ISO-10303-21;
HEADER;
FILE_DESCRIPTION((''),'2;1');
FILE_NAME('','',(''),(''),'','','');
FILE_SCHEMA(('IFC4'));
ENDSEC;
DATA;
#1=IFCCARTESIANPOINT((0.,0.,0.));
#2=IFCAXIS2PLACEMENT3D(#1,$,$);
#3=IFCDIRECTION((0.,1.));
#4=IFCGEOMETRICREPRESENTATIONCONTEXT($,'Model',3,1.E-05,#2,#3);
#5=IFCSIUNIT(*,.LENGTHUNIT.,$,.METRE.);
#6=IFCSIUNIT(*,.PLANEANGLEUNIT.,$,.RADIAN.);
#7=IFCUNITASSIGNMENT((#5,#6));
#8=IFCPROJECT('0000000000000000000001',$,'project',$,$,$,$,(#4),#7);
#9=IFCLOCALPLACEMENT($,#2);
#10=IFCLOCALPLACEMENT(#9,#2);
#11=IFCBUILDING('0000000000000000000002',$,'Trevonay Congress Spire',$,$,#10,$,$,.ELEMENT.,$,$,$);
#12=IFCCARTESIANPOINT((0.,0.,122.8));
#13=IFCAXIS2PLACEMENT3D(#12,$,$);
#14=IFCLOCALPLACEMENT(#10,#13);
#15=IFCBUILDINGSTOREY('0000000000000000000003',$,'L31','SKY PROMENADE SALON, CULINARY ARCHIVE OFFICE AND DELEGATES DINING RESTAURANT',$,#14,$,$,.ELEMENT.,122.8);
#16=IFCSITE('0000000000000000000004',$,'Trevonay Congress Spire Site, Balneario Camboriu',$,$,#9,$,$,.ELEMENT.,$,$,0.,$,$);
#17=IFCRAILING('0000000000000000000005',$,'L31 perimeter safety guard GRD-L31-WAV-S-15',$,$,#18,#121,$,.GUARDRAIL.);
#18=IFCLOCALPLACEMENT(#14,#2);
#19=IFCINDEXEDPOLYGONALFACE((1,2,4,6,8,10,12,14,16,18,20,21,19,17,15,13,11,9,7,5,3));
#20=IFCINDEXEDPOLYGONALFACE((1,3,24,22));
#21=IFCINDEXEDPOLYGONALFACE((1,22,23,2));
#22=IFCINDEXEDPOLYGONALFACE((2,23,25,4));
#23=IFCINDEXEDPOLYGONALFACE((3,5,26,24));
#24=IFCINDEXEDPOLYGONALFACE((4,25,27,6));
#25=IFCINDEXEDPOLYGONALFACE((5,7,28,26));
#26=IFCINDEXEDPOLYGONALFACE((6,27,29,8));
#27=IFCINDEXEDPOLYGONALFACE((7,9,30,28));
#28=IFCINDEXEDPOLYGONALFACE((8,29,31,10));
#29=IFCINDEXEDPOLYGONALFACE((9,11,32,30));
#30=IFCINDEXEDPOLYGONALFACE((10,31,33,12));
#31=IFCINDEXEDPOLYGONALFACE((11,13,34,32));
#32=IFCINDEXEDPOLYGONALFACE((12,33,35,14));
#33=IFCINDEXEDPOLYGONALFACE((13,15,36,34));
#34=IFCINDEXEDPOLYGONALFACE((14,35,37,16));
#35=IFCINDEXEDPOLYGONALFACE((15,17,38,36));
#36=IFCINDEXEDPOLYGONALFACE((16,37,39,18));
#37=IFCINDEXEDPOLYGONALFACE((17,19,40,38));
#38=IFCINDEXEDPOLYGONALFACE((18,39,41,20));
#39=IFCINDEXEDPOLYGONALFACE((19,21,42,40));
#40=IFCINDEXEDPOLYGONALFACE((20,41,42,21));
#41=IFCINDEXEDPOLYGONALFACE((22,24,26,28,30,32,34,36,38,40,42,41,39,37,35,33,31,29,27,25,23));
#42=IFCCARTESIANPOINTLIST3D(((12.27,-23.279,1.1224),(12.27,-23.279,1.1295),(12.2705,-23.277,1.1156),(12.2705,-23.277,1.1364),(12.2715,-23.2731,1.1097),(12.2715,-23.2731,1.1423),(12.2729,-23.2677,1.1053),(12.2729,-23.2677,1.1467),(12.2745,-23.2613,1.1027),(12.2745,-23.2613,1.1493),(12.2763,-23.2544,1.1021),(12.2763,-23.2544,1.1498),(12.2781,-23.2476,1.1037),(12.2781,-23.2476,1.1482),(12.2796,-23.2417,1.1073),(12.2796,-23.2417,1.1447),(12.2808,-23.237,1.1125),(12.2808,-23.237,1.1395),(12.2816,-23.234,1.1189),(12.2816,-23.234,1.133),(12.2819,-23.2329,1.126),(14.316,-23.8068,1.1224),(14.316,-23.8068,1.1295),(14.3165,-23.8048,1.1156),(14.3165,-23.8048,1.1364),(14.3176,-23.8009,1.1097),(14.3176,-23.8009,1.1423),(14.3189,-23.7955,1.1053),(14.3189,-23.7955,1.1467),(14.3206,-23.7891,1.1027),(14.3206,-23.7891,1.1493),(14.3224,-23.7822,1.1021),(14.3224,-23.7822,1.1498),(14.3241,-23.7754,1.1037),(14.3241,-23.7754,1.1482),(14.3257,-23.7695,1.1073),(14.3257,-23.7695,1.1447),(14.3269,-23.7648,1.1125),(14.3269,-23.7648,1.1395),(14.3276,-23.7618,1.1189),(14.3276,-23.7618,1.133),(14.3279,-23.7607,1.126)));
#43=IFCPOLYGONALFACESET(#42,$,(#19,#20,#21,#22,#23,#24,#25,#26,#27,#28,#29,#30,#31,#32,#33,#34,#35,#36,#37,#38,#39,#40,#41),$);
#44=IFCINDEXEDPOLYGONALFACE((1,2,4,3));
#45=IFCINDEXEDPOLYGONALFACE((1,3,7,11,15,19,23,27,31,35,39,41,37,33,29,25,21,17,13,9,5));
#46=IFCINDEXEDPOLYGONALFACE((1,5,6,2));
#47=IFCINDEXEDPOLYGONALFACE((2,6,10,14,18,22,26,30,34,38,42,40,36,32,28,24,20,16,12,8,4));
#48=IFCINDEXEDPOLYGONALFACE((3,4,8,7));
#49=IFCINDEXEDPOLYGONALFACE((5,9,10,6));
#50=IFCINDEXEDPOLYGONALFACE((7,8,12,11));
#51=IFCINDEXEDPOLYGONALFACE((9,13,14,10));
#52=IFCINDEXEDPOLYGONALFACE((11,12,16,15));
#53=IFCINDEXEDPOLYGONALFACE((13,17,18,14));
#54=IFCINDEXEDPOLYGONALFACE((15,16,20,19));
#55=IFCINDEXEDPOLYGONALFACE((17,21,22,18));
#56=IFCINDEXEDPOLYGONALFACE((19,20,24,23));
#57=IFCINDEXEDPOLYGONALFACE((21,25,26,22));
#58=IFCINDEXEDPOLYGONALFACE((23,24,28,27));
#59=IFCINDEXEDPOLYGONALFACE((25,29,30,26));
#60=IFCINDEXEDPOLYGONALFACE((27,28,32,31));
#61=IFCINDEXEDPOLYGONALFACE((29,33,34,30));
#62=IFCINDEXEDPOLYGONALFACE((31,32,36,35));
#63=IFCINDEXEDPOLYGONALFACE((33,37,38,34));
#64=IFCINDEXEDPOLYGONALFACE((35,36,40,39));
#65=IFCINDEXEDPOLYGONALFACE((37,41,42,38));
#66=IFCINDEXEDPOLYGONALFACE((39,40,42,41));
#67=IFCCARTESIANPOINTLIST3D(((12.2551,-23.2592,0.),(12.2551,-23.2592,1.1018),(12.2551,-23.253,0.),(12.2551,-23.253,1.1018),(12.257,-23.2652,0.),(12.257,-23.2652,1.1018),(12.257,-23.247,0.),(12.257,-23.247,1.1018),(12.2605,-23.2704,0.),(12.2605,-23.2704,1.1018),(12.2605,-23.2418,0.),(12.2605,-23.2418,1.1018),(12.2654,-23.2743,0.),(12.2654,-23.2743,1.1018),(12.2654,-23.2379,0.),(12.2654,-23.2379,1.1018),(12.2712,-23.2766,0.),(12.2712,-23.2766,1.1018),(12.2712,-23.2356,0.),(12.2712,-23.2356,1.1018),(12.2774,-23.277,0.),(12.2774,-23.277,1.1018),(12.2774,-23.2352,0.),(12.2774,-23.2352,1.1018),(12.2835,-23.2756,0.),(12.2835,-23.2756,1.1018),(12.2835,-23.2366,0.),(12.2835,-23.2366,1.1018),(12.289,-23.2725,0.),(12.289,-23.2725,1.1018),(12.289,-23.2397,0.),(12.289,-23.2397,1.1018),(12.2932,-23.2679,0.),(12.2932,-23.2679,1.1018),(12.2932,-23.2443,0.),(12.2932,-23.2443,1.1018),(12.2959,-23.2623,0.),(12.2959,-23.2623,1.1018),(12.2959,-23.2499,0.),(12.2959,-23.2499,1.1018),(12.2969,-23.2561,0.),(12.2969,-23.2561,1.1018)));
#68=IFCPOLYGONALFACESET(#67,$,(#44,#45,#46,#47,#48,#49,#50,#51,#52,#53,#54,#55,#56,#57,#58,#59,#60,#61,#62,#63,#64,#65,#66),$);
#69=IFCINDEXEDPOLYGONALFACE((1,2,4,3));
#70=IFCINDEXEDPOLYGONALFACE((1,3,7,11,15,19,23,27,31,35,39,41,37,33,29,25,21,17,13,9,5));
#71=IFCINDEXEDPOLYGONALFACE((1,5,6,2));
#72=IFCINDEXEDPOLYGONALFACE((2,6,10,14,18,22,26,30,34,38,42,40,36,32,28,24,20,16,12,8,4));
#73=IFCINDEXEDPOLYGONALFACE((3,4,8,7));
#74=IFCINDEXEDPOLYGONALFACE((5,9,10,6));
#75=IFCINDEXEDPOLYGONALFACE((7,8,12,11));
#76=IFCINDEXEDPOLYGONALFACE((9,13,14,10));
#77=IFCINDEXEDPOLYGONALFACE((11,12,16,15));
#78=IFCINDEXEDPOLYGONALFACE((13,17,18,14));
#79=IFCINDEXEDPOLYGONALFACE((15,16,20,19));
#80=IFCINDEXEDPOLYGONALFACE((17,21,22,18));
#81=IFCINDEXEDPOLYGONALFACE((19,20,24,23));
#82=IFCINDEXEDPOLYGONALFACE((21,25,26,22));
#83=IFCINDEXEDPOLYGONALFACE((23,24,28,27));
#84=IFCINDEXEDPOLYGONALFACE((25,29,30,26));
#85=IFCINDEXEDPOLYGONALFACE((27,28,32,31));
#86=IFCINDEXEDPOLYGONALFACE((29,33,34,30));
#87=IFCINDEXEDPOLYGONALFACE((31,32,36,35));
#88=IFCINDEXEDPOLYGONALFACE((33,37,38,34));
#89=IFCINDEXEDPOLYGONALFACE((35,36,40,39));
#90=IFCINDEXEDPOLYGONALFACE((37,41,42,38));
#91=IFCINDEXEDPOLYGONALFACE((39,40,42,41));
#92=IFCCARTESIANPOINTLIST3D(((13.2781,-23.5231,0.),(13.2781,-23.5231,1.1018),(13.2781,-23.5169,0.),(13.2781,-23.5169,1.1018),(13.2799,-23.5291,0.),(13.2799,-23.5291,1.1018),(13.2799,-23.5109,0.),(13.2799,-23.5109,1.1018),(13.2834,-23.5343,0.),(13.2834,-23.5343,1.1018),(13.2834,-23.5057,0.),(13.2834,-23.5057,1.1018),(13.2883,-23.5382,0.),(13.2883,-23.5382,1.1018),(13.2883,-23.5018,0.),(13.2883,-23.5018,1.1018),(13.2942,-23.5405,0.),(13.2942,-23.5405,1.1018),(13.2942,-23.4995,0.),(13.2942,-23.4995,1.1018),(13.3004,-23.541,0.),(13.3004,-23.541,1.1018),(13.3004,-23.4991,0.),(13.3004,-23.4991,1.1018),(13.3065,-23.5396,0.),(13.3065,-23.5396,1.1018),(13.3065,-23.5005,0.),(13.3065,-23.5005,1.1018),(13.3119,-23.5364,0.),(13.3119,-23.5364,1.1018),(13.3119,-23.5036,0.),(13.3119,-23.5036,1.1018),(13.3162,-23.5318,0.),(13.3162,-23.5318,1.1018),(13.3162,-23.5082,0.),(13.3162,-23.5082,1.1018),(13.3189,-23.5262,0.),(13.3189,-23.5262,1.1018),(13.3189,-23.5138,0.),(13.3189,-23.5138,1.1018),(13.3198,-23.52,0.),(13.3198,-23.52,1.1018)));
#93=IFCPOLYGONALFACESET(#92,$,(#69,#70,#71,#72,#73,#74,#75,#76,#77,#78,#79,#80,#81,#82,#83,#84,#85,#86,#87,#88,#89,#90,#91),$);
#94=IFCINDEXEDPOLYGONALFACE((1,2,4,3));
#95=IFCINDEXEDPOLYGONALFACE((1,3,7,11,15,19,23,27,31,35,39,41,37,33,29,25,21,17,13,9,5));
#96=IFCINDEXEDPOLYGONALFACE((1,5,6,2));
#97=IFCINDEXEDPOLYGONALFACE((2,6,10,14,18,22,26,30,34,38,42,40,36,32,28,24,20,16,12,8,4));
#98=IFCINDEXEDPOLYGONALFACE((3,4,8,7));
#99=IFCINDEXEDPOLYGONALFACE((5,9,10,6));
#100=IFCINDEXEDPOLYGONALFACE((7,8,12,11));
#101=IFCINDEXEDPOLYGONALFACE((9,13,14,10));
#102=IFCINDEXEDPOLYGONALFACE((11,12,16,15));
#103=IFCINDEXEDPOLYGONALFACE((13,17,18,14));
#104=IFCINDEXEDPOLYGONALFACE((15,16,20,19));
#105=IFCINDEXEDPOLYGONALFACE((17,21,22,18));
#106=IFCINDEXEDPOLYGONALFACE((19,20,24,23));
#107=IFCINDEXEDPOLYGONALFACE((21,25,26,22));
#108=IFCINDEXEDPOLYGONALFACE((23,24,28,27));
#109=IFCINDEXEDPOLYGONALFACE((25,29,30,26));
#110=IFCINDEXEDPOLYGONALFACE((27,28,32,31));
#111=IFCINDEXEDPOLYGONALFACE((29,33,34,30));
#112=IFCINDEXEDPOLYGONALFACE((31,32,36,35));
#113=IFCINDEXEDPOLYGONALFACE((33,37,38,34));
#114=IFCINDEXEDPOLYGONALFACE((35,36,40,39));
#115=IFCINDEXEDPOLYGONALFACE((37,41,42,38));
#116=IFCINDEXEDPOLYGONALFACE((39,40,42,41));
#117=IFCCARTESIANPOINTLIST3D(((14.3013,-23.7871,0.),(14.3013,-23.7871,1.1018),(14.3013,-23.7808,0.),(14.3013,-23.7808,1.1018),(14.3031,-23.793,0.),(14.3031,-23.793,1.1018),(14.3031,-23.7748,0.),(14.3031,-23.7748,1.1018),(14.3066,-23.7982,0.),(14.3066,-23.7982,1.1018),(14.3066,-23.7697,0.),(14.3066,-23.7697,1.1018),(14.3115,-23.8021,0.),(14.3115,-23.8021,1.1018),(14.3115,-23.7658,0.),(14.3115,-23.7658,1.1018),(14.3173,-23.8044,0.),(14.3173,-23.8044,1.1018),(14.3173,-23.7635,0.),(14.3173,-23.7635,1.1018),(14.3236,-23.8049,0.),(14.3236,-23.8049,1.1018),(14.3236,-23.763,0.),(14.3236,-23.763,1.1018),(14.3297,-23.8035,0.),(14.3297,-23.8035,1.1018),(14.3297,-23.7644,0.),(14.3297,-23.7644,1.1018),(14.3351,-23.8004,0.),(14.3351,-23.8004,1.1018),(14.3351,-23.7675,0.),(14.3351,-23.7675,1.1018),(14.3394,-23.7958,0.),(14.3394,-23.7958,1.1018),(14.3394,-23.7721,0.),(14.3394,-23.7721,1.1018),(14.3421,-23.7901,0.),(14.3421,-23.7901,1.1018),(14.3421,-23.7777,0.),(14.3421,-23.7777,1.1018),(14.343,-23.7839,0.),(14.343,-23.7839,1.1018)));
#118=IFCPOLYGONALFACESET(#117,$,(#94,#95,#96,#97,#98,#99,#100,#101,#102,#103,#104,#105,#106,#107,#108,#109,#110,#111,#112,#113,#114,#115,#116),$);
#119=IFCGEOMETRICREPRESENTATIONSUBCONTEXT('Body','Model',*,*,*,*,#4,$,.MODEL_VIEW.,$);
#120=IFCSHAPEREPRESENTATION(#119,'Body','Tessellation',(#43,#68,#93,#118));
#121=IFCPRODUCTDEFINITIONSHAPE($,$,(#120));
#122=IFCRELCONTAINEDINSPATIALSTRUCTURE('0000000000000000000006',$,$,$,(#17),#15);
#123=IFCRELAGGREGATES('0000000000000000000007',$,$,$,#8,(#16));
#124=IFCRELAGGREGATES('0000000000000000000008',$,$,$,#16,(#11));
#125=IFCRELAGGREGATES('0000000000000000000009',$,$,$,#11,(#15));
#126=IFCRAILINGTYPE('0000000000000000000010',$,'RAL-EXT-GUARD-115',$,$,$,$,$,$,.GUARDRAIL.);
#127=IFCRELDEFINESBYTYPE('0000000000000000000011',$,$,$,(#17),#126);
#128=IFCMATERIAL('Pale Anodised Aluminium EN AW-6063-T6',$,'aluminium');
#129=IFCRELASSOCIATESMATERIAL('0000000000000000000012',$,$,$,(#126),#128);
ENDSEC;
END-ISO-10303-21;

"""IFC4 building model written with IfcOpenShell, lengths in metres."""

from ifc_helpers import new_model, si_unit, direction, frame, origin, origin_2d, place, context, subcontext, project, spatial, circle, extrude, material, type_object, element, save


model = new_model("IFC4")

# Units and contexts
model_context = context("Model", 3, precision=1e-05, world=origin(), true_north=direction((0.0, 1.0)))
body_context = subcontext(model_context, "Body", "Model", "MODEL_VIEW")
ifc_project = project(units=[si_unit("LENGTHUNIT", "METRE"), si_unit("PLANEANGLEUNIT", "RADIAN")], contexts=[model_context])

# Site, building, storey
site_placement = place(None, origin())
site = spatial("IfcSite", under=ifc_project, at=site_placement, Name="Trevonay Congress Spire Site, Balneario Camboriu", CompositionType="ELEMENT", RefElevation=0.0)
building_placement = place(site_placement, origin())
building = spatial("IfcBuilding", under=site, at=building_placement, Name="Trevonay Congress Spire", CompositionType="ELEMENT")
storey_placement = place(building_placement, frame((0.0, 0.0, 122.8)))
storey = spatial("IfcBuildingStorey", under=building, at=storey_placement, Name="L31", Description="SKY PROMENADE SALON, CULINARY ARCHIVE OFFICE AND DELEGATES DINING RESTAURANT", CompositionType="ELEMENT", Elevation=122.8)

# Shared definitions
ifc_material_1 = material(Name="Pale Anodised Aluminium EN AW-6063-T6", Category="aluminium")

# Railing
railing_type = type_object("IfcRailingType", Name="RAL-EXT-GUARD-115", PredefinedType="GUARDRAIL", material=ifc_material_1)
railing_1_placement = place(storey_placement, frame((12.2759, -23.2561, 0.0)))
element("IfcRailing", 1, at=railing_1_placement, inside=storey, type_object=railing_type, Name="L31 perimeter safety guard GRD-L31-WAV-S-15", PredefinedType="GUARDRAIL", context=body_context, shape_type="SweptSolid", body=[
    extrude(circle(Radius=0.0239, at=origin_2d()), frame((0.0, 0.0, 1.126), z_axis=(0.968301, -0.249787, 0.0), x_axis=(0.249787, 0.968301, 0.0)), (0.0, 0.0, 1.0), 2.113),
    extrude(circle(Radius=0.021, at=origin_2d()), origin(), (0.0, 0.0, 1.0), 1.1018),
    extrude(circle(Radius=0.021, at=origin_2d()), frame((1.0229, -0.2639, 0.0)), (0.0, 0.0, 1.0), 1.1018),
    extrude(circle(Radius=0.021, at=origin_2d()), frame((2.0461, -0.5278, 0.0)), (0.0, 0.0, 1.0), 1.1018),
])

save(model, "model.ifc")
